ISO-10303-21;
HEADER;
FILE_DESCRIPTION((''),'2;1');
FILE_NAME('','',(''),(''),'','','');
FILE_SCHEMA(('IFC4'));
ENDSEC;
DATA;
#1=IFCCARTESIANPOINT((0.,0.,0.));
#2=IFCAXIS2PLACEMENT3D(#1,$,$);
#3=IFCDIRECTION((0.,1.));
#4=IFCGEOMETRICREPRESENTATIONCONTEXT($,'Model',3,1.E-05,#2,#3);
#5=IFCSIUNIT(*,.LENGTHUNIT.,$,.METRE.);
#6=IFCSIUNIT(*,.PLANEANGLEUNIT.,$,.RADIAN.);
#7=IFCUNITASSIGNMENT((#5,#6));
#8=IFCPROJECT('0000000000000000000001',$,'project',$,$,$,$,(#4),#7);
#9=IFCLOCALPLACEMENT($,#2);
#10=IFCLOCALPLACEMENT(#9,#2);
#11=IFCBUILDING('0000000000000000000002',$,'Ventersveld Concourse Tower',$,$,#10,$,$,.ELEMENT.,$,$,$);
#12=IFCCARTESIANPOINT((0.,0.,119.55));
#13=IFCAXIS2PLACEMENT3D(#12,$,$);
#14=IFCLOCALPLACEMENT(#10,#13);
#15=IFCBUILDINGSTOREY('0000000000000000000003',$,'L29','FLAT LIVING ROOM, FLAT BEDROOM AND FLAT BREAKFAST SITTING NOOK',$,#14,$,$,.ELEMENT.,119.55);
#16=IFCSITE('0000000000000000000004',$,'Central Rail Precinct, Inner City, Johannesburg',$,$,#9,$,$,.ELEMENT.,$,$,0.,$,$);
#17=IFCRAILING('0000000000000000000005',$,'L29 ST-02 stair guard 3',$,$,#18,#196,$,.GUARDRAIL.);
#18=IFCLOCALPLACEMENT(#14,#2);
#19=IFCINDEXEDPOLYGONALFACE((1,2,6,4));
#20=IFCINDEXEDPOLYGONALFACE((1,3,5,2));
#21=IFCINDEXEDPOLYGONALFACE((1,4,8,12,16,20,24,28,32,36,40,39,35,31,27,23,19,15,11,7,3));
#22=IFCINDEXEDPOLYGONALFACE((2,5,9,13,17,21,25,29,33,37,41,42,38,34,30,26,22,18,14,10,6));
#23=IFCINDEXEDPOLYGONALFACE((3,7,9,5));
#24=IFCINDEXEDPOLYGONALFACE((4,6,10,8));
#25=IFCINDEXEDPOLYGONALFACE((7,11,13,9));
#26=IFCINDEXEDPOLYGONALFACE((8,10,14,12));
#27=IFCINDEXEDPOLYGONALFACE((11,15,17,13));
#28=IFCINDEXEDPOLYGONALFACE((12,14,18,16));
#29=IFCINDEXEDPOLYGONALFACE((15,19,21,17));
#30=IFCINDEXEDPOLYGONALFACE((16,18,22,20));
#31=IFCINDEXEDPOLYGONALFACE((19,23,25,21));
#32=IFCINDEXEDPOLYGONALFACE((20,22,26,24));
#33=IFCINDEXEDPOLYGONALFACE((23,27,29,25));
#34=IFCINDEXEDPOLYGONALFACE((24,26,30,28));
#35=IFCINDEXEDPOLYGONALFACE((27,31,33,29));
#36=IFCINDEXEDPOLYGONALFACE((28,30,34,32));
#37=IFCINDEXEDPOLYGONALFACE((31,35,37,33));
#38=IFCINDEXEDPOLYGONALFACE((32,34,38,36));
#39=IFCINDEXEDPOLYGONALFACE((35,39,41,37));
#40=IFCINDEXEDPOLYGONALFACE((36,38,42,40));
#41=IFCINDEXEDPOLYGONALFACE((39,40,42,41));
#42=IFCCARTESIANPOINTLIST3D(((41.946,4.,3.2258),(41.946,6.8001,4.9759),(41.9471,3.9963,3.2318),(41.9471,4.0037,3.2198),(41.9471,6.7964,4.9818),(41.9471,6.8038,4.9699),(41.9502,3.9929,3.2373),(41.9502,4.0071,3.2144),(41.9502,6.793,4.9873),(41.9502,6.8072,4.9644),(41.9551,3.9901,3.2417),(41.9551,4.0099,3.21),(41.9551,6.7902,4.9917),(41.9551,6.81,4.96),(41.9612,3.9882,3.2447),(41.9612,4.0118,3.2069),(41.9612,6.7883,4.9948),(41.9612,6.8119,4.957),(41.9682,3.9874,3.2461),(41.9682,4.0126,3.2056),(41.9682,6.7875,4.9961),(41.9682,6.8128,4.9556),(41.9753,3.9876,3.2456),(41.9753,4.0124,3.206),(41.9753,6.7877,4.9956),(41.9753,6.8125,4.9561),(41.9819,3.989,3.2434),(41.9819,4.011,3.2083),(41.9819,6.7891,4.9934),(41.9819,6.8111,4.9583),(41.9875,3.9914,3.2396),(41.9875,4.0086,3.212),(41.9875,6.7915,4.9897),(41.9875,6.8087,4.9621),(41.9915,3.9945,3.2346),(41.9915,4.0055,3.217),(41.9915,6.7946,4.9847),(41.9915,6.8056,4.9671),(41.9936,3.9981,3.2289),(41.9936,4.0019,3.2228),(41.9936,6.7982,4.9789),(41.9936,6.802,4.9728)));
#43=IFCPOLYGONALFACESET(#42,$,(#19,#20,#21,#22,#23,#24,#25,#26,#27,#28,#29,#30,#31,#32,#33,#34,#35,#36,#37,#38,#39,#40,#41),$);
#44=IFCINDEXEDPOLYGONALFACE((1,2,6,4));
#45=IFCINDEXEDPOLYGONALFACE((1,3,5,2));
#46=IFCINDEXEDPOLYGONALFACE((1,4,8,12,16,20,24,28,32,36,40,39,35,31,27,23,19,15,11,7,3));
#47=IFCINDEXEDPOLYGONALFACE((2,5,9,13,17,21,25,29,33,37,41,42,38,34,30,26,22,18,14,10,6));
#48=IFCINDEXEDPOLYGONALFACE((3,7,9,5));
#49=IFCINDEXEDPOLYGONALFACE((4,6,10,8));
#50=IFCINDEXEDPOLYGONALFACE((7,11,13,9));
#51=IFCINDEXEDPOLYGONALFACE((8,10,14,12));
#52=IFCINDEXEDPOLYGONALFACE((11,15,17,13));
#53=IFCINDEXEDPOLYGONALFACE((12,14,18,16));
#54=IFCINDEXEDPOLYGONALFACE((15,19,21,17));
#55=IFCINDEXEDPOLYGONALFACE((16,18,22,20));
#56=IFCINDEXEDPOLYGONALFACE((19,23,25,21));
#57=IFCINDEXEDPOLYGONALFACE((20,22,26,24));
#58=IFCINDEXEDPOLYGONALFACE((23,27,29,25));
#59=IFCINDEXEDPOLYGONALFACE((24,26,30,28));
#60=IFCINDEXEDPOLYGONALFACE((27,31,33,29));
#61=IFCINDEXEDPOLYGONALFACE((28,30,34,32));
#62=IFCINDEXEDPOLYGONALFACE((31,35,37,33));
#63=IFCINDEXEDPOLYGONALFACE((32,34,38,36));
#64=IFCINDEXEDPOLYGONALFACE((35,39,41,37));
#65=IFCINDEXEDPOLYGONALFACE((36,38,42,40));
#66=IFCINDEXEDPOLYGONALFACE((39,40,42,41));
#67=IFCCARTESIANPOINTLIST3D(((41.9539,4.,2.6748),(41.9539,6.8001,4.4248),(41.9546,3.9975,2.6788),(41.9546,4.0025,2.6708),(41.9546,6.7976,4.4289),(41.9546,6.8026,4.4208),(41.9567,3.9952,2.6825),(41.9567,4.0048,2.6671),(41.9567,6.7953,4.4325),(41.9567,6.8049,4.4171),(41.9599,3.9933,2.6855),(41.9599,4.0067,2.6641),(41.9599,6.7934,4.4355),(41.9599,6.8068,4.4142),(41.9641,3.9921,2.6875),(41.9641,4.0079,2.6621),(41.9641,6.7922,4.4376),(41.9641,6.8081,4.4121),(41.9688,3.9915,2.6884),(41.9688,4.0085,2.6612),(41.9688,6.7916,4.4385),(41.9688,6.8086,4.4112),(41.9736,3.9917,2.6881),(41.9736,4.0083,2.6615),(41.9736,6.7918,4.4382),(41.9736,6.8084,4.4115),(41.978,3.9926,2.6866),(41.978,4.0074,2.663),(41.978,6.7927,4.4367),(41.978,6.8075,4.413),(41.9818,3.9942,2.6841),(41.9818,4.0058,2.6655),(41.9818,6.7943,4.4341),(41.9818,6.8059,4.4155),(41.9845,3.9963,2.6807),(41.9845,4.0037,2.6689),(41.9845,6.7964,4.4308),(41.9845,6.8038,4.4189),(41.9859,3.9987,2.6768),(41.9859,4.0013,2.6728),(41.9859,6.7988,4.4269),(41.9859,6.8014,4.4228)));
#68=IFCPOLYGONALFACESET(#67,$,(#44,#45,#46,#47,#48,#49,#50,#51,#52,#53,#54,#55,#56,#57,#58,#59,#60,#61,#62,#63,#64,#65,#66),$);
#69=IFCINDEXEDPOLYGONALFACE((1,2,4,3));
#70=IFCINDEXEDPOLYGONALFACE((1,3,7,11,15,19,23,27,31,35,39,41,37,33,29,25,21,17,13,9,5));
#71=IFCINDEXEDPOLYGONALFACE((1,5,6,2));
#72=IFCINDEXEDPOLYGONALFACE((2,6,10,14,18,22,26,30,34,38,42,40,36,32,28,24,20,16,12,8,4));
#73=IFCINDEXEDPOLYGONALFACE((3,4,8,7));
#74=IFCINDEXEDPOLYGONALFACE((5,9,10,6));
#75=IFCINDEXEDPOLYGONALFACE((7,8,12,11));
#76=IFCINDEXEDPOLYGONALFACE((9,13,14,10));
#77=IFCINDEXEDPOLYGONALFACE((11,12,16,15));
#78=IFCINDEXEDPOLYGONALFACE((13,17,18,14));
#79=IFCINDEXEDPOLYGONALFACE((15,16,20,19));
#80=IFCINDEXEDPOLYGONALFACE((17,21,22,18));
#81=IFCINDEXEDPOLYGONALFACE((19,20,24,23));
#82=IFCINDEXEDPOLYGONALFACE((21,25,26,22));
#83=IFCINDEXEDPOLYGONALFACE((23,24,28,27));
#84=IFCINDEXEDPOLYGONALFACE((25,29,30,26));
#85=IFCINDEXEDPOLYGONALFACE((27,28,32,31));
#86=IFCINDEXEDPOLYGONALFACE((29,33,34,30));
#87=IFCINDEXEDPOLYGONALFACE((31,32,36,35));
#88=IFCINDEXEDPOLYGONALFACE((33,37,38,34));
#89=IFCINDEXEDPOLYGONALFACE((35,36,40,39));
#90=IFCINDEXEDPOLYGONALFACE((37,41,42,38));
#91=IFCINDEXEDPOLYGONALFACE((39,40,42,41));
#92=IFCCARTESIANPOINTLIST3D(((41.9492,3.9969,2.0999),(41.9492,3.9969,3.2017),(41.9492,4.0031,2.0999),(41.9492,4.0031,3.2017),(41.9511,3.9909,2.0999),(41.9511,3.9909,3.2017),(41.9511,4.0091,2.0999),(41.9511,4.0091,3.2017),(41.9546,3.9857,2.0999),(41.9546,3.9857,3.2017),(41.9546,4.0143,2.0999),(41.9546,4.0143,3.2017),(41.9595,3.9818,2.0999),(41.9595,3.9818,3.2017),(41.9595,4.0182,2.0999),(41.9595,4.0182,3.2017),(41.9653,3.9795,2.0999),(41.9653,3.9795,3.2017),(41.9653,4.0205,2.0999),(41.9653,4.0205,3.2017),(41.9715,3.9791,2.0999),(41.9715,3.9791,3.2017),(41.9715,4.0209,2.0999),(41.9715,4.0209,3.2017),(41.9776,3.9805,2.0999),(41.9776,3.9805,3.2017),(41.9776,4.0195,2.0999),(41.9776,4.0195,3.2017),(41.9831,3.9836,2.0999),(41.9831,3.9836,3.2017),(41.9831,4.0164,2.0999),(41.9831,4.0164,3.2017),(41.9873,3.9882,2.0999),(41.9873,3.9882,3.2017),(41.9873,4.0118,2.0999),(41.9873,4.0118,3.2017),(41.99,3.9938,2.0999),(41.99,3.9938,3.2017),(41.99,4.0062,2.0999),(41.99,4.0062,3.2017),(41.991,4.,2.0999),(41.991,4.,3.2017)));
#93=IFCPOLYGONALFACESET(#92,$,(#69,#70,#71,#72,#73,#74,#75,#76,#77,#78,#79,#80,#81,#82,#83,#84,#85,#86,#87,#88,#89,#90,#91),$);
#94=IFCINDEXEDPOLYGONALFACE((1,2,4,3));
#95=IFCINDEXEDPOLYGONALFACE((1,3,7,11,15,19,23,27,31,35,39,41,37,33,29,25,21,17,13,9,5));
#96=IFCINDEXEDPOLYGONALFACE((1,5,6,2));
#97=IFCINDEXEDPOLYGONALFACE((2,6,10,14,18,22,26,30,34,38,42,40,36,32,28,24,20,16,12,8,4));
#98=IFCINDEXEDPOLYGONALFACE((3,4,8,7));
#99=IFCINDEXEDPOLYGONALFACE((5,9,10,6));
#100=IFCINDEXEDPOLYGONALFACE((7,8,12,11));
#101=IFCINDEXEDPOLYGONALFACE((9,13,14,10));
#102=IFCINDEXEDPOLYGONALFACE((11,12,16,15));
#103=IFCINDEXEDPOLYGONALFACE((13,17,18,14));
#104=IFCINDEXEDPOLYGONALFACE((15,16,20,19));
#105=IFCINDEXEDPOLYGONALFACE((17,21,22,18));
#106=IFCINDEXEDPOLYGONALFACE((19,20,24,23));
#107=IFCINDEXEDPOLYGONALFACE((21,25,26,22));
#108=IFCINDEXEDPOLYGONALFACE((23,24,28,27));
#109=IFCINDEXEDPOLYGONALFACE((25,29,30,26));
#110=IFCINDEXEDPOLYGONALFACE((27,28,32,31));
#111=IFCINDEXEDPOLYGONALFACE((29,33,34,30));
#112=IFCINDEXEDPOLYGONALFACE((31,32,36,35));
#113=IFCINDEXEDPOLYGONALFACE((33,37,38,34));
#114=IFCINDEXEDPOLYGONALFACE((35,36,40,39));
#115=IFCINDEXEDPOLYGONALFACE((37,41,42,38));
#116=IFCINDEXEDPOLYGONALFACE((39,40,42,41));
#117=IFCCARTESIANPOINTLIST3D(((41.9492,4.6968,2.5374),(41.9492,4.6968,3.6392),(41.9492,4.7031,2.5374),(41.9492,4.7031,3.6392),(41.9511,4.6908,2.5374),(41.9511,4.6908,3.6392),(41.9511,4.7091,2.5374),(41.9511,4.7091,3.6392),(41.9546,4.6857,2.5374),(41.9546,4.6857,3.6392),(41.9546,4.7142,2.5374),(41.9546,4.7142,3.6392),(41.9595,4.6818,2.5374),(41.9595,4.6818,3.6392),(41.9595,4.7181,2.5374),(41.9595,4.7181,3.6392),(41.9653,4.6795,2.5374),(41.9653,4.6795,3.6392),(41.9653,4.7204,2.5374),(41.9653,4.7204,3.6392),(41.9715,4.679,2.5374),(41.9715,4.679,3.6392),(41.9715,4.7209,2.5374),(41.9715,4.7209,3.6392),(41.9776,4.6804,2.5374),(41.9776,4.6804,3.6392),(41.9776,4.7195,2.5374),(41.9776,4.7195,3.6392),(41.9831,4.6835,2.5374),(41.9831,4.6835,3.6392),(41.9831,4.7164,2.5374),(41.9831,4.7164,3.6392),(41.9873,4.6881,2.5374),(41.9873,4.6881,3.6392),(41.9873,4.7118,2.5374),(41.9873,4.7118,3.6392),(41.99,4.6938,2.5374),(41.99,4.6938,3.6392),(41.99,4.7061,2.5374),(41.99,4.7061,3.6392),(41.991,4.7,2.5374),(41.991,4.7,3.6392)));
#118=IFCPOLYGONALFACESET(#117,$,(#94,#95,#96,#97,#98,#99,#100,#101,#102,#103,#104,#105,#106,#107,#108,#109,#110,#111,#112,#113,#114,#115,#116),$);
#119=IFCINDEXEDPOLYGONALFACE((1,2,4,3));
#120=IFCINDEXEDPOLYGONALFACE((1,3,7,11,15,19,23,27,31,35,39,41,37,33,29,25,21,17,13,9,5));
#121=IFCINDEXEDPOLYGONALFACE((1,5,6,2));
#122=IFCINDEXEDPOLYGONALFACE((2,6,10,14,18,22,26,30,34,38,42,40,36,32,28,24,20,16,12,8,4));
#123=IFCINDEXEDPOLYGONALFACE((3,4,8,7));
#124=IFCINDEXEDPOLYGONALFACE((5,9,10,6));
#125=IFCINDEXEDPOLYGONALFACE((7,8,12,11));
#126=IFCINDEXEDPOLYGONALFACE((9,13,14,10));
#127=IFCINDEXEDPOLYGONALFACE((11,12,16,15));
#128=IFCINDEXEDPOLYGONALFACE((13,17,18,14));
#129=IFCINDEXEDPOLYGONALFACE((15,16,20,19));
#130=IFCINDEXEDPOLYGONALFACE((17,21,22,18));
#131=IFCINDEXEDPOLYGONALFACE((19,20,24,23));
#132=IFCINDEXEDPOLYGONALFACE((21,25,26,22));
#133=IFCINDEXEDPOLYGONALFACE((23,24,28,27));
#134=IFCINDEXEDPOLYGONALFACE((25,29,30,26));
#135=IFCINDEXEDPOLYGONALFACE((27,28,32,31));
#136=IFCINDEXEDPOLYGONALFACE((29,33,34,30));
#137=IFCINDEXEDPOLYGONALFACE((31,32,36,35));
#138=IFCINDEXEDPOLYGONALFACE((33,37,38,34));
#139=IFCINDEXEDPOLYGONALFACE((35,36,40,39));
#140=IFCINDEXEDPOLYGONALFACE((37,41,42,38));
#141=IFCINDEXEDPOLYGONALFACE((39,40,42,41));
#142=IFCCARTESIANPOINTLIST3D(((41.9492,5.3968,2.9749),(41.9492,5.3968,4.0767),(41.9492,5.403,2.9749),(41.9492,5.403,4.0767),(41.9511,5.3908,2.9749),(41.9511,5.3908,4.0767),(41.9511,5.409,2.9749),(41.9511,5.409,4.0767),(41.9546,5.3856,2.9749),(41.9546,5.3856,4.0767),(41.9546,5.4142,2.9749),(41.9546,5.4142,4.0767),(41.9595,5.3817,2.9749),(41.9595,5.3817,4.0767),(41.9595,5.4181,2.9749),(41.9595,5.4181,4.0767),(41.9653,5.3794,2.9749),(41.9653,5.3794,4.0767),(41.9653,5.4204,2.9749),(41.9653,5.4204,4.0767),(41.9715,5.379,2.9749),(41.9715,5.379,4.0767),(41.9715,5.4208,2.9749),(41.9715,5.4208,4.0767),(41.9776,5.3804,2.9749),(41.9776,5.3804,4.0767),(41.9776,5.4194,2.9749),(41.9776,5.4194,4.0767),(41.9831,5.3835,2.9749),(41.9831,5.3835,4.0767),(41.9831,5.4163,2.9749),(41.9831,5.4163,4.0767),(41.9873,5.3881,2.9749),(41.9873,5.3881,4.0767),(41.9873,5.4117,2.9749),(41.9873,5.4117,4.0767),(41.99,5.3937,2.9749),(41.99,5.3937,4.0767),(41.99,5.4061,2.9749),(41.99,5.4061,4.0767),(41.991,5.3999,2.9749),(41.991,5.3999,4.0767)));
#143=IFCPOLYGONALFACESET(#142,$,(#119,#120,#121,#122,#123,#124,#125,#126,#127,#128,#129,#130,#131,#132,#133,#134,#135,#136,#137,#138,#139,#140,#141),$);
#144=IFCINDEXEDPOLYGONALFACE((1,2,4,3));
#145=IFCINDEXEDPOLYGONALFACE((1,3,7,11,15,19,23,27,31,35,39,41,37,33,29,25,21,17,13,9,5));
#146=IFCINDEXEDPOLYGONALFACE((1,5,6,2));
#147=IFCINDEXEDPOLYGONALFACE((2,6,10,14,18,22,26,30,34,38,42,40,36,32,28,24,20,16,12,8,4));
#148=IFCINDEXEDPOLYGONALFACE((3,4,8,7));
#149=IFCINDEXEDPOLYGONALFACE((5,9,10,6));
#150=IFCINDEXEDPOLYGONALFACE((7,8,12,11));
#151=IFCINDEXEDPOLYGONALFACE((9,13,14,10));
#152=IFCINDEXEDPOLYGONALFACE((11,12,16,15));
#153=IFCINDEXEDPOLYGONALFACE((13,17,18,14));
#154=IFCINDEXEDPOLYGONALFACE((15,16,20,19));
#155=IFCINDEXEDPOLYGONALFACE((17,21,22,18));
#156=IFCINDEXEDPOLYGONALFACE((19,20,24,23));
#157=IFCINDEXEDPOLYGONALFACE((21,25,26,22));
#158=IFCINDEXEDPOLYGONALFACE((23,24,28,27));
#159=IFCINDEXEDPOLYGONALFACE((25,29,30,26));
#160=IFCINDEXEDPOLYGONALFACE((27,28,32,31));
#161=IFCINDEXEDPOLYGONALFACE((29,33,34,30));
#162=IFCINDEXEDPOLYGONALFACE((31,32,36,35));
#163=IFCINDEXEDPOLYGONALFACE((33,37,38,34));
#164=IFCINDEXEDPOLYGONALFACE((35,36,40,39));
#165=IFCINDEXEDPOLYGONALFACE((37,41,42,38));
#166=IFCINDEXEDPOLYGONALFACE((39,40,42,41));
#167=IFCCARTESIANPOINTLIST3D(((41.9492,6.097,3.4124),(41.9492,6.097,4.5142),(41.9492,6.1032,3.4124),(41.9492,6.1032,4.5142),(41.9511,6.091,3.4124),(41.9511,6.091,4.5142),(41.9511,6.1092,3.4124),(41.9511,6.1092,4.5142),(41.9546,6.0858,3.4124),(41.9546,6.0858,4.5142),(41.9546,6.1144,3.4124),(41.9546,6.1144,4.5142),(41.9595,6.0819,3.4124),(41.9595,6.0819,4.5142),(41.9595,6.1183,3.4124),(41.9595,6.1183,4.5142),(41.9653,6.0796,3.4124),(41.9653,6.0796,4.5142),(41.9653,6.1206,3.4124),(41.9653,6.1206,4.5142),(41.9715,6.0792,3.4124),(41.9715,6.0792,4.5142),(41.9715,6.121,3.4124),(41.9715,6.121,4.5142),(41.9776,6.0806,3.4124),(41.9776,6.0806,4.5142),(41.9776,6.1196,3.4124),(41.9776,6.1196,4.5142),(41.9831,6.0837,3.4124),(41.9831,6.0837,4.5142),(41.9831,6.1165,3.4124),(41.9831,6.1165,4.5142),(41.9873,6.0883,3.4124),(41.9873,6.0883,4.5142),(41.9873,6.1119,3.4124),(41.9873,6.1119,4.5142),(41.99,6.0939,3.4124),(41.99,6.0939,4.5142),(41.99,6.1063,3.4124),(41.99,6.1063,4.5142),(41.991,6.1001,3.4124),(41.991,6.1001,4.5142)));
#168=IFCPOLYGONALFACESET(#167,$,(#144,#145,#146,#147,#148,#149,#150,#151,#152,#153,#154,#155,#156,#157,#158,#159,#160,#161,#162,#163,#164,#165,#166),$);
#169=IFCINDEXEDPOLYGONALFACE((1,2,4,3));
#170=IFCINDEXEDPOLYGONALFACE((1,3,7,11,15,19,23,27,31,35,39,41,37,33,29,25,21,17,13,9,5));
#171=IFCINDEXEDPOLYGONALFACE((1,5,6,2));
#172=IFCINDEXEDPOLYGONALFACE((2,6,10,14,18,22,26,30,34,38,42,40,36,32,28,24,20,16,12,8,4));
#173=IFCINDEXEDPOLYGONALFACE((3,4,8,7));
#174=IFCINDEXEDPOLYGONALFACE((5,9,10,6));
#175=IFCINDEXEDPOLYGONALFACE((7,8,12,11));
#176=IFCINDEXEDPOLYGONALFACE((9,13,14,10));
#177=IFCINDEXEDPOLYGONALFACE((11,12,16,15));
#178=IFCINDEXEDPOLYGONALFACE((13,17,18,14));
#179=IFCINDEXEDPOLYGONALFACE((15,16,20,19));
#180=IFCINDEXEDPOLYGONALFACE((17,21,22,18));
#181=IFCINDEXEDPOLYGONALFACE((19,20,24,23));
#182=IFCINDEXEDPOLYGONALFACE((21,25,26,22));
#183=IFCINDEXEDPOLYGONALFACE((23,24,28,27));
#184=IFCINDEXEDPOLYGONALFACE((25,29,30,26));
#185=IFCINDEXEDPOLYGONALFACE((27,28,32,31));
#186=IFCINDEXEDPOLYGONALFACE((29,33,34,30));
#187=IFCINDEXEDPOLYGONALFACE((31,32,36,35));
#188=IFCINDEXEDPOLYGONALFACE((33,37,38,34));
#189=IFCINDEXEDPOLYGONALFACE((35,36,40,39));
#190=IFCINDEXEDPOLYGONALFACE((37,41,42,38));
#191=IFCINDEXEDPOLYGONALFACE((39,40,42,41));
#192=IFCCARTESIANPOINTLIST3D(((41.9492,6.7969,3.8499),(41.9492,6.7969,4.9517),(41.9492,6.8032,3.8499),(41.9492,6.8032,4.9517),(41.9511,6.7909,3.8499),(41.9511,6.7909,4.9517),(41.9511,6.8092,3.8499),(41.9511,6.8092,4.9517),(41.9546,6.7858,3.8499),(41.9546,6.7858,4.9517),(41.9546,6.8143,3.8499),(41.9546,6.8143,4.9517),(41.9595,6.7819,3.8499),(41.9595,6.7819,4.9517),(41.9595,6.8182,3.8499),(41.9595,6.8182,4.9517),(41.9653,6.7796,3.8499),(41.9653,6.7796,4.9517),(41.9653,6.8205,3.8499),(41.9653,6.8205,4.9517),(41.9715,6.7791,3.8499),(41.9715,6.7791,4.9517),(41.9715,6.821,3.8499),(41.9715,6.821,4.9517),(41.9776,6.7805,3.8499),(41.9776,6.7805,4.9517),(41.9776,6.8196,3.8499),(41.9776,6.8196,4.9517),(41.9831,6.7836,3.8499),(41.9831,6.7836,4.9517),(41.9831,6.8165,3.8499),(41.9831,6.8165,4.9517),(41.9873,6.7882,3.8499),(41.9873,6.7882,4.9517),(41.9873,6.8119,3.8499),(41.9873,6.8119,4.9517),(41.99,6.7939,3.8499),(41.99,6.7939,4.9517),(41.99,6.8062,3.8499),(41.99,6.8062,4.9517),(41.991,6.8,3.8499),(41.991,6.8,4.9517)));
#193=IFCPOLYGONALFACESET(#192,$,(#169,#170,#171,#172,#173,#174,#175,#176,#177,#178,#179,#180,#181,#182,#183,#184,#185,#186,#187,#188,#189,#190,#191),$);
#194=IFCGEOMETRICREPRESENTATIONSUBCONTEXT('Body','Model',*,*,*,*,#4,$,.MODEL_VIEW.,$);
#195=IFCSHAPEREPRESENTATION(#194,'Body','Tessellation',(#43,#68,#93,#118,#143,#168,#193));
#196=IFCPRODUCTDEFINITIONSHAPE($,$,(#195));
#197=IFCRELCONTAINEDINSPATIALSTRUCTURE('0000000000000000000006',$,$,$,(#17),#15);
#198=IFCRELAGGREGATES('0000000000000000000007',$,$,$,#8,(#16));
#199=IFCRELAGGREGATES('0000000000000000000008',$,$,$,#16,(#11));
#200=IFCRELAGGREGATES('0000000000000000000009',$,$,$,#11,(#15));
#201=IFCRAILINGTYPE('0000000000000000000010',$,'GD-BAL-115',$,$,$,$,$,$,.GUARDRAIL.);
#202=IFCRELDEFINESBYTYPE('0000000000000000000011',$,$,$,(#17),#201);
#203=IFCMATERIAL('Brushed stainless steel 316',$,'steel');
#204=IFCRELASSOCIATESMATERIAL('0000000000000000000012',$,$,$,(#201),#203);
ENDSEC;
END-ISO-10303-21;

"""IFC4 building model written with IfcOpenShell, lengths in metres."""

from ifc_helpers import new_model, si_unit, direction, frame, origin, origin_2d, place, context, subcontext, project, spatial, circle, extrude, material, type_object, element, save


model = new_model("IFC4")

# Units and contexts
model_context = context("Model", 3, precision=1e-05, world=origin(), true_north=direction((0.0, 1.0)))
body_context = subcontext(model_context, "Body", "Model", "MODEL_VIEW")
ifc_project = project(units=[si_unit("LENGTHUNIT", "METRE"), si_unit("PLANEANGLEUNIT", "RADIAN")], contexts=[model_context])

# Site, building, storey
site_placement = place(None, origin())
site = spatial("IfcSite", under=ifc_project, at=site_placement, Name="Central Rail Precinct, Inner City, Johannesburg", CompositionType="ELEMENT", RefElevation=0.0)
building_placement = place(site_placement, origin())
building = spatial("IfcBuilding", under=site, at=building_placement, Name="Ventersveld Concourse Tower", CompositionType="ELEMENT")
storey_placement = place(building_placement, frame((0.0, 0.0, 119.55)))
storey = spatial("IfcBuildingStorey", under=building, at=storey_placement, Name="L29", Description="FLAT LIVING ROOM, FLAT BEDROOM AND FLAT BREAKFAST SITTING NOOK", CompositionType="ELEMENT", Elevation=119.55)

# Railing
ifc_material_1 = material(Name="Brushed stainless steel 316", Category="steel")
railing_type_1 = type_object("IfcRailingType", Name="GD-BAL-115", PredefinedType="GUARDRAIL", material=ifc_material_1)
railing_1_placement = place(storey_placement, frame((41.97, 4.0, 2.0999)))
element("IfcRailing", 1, at=railing_1_placement, inside=storey, type_object=railing_type_1, Name="L29 ST-02 stair guard 3", PredefinedType="GUARDRAIL", context=body_context, shape_type="SweptSolid", body=[
    extrude(circle(Radius=0.0239, at=origin_2d()), frame((0.0, 0.0, 1.126), z_axis=(0.0, 0.848002, 0.529992), x_axis=(-1.0, 0.0, 0.0)), (0.0, 0.0, 1.0), 3.302),
    extrude(circle(Radius=0.0161, at=origin_2d()), frame((0.0, 0.0, 0.575), z_axis=(0.0, 0.848002, 0.529992), x_axis=(-1.0, 0.0, 0.0)), (0.0, 0.0, 1.0), 3.302),
    extrude(circle(Radius=0.021, at=origin_2d()), origin(), (0.0, 0.0, 1.0), 1.1018),
    extrude(circle(Radius=0.021, at=origin_2d()), frame((0.0, 0.7, 0.4375)), (0.0, 0.0, 1.0), 1.1018),
    extrude(circle(Radius=0.021, at=origin_2d()), frame((0.0, 1.3999, 0.875)), (0.0, 0.0, 1.0), 1.1018),
    extrude(circle(Radius=0.021, at=origin_2d()), frame((0.0, 2.1001, 1.3125)), (0.0, 0.0, 1.0), 1.1018),
    extrude(circle(Radius=0.021, at=origin_2d()), frame((0.0, 2.8, 1.75)), (0.0, 0.0, 1.0), 1.1018),
])

save(model, "model.ifc")
